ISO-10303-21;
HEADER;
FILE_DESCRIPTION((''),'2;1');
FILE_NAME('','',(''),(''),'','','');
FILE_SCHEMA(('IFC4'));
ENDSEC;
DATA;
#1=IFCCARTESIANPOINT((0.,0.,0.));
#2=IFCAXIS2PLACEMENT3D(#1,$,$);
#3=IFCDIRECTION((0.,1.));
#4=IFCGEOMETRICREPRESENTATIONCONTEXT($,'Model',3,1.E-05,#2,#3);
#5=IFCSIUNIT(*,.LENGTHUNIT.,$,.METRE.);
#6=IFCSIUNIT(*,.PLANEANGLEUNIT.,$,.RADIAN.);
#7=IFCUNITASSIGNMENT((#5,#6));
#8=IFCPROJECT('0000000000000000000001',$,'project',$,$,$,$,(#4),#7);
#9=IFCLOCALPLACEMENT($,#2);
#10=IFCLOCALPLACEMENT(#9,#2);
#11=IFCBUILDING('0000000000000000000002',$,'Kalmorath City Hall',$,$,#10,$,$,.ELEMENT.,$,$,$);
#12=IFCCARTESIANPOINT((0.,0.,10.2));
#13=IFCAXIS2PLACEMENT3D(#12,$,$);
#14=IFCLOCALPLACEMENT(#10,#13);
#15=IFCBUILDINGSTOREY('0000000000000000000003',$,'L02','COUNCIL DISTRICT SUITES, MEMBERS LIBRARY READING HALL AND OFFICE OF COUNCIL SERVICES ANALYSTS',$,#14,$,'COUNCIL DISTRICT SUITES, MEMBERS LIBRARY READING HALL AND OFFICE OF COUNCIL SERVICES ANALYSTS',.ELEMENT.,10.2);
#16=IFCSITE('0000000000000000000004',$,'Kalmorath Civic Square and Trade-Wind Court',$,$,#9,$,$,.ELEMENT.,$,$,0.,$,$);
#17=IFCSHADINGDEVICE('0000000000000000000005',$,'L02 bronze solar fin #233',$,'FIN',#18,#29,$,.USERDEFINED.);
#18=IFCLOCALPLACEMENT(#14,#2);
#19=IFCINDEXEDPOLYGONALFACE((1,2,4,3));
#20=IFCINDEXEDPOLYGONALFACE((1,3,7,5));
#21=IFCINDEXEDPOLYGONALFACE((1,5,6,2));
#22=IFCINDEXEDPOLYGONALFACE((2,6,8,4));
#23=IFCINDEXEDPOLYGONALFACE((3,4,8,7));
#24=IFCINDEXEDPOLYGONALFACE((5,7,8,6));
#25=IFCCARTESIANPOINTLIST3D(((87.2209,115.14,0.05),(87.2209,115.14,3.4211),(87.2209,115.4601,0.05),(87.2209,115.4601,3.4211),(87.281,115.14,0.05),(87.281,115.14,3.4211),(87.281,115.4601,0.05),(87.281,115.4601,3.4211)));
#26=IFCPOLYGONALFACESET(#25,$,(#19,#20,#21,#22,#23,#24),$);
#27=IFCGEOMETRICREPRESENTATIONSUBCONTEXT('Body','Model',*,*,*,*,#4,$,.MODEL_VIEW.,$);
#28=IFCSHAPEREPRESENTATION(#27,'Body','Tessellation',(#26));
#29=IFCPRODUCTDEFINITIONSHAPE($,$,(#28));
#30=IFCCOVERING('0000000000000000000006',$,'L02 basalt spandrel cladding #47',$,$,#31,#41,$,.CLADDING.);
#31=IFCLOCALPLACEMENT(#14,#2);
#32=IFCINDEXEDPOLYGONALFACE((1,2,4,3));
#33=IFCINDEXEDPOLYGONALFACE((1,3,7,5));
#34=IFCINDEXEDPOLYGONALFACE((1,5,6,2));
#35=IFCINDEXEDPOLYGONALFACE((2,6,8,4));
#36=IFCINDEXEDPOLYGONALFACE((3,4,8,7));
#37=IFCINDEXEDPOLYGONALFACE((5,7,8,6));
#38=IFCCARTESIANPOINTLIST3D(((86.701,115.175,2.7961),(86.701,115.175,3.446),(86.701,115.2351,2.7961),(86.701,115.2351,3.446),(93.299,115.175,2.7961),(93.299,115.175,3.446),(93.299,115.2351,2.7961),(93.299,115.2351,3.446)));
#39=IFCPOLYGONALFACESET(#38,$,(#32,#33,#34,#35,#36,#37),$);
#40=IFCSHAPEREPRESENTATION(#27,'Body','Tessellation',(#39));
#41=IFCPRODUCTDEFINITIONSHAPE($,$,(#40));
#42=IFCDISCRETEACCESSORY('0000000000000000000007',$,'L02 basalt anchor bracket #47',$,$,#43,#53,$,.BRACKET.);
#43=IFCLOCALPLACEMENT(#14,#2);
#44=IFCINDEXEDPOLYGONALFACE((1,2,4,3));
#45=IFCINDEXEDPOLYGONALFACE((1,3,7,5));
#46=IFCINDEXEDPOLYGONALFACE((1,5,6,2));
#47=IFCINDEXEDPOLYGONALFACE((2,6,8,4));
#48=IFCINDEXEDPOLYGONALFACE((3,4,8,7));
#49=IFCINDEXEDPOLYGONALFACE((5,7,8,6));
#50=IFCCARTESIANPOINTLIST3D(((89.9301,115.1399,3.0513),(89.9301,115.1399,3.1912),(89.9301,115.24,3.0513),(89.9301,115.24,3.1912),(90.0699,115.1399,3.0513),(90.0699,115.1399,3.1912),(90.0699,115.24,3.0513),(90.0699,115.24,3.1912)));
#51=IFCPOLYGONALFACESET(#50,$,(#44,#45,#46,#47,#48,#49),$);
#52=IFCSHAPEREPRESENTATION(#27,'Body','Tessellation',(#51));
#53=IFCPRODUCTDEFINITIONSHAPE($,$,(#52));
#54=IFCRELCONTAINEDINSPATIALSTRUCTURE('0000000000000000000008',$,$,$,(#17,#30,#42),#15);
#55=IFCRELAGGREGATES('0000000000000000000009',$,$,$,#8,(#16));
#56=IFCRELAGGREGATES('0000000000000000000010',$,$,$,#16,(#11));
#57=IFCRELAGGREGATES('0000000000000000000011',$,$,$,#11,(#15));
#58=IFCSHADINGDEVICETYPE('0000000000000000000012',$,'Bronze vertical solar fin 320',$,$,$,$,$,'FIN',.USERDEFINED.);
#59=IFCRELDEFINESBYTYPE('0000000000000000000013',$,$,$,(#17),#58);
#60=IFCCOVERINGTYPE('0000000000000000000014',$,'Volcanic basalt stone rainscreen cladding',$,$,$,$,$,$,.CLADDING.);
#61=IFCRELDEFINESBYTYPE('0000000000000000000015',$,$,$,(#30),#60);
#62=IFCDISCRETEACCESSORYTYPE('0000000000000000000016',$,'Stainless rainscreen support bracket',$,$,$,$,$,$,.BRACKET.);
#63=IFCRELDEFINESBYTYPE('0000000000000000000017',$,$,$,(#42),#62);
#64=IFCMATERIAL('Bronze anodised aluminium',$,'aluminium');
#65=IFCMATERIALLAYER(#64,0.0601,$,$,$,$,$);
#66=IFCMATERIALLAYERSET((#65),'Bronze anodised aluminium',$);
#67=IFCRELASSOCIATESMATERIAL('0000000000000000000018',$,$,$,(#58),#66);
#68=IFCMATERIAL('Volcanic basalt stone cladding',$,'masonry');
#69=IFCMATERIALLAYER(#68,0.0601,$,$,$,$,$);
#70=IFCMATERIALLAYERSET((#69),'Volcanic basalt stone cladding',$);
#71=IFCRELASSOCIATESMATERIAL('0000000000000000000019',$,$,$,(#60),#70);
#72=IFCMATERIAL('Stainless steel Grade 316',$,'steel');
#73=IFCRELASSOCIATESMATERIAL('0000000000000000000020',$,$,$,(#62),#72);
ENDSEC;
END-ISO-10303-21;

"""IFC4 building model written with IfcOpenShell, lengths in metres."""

from ifc_helpers import new_model, si_unit, direction, frame, origin, origin_2d, place, context, subcontext, project, spatial, rectangle, extrude, material, layer, layer_set, type_object, element, save


model = new_model("IFC4")

# Units and contexts
model_context = context("Model", 3, precision=1e-05, world=origin(), true_north=direction((0.0, 1.0)))
body_context = subcontext(model_context, "Body", "Model", "MODEL_VIEW")
ifc_project = project(units=[si_unit("LENGTHUNIT", "METRE"), si_unit("PLANEANGLEUNIT", "RADIAN")], contexts=[model_context])

# Site, building, storey
site_placement = place(None, origin())
site = spatial("IfcSite", under=ifc_project, at=site_placement, Name="Kalmorath Civic Square and Trade-Wind Court", CompositionType="ELEMENT", RefElevation=0.0)
building_placement = place(site_placement, origin())
building = spatial("IfcBuilding", under=site, at=building_placement, Name="Kalmorath City Hall", CompositionType="ELEMENT")
storey_placement = place(building_placement, frame((0.0, 0.0, 10.2)))
storey = spatial("IfcBuildingStorey", under=building, at=storey_placement, Name="L02", Description="COUNCIL DISTRICT SUITES, MEMBERS LIBRARY READING HALL AND OFFICE OF COUNCIL SERVICES ANALYSTS", LongName="COUNCIL DISTRICT SUITES, MEMBERS LIBRARY READING HALL AND OFFICE OF COUNCIL SERVICES ANALYSTS", CompositionType="ELEMENT", Elevation=10.2)

# Shading device
ifc_material_1 = material(Name="Bronze anodised aluminium", Category="aluminium")
ifc_layer_1 = layer(ifc_material_1, 0.0601)
ifc_layer_set_1 = layer_set([ifc_layer_1], Name="Bronze anodised aluminium")
shading_device_type = type_object("IfcShadingDeviceType", Name="Bronze vertical solar fin 320", ElementType="FIN", PredefinedType="USERDEFINED", material=ifc_layer_set_1)
shading_device_placement = place(storey_placement, frame((87.251, 115.3, 0.05), z_axis=(0.0, 0.0, 1.0), x_axis=(1.0, 0.0, 0.0)))
element("IfcShadingDevice", 1, at=shading_device_placement, inside=storey, type_object=shading_device_type, Name="L02 bronze solar fin #233", ObjectType="FIN", PredefinedType="USERDEFINED", context=body_context, shape_type="SweptSolid", body=[
    extrude(rectangle(XDim=0.0601, YDim=0.3201, at=origin_2d()), origin(), (0.0, 0.0, 1.0), 3.3711),
])

# Covering
ifc_material_2 = material(Name="Volcanic basalt stone cladding", Category="masonry")
ifc_layer_2 = layer(ifc_material_2, 0.0601)
ifc_layer_set_2 = layer_set([ifc_layer_2], Name="Volcanic basalt stone cladding")
covering_type = type_object("IfcCoveringType", Name="Volcanic basalt stone rainscreen cladding", PredefinedType="CLADDING", material=ifc_layer_set_2)
covering_placement = place(storey_placement, frame((90.0, 115.2051, 2.7961), z_axis=(0.0, 0.0, 1.0), x_axis=(1.0, 0.0, 0.0)))
element("IfcCovering", 2, at=covering_placement, inside=storey, type_object=covering_type, Name="L02 basalt spandrel cladding #47", PredefinedType="CLADDING", context=body_context, shape_type="SweptSolid", body=[
    extrude(rectangle(XDim=6.5979, YDim=0.0601, at=origin_2d()), origin(), (0.0, 0.0, 1.0), 0.6499),
])

# Discrete accessory
ifc_material_3 = material(Name="Stainless steel Grade 316", Category="steel")
discrete_accessory_type = type_object("IfcDiscreteAccessoryType", Name="Stainless rainscreen support bracket", PredefinedType="BRACKET", material=ifc_material_3)
discrete_accessory_placement = place(storey_placement, frame((90.0, 115.1899, 3.0513), z_axis=(0.0, 0.0, 1.0), x_axis=(1.0, 0.0, 0.0)))
element("IfcDiscreteAccessory", 3, at=discrete_accessory_placement, inside=storey, type_object=discrete_accessory_type, Name="L02 basalt anchor bracket #47", PredefinedType="BRACKET", context=body_context, shape_type="SweptSolid", body=[
    extrude(rectangle(XDim=0.1399, YDim=0.1001, at=origin_2d()), origin(), (0.0, 0.0, 1.0), 0.1399),
])

save(model, "model.ifc")
